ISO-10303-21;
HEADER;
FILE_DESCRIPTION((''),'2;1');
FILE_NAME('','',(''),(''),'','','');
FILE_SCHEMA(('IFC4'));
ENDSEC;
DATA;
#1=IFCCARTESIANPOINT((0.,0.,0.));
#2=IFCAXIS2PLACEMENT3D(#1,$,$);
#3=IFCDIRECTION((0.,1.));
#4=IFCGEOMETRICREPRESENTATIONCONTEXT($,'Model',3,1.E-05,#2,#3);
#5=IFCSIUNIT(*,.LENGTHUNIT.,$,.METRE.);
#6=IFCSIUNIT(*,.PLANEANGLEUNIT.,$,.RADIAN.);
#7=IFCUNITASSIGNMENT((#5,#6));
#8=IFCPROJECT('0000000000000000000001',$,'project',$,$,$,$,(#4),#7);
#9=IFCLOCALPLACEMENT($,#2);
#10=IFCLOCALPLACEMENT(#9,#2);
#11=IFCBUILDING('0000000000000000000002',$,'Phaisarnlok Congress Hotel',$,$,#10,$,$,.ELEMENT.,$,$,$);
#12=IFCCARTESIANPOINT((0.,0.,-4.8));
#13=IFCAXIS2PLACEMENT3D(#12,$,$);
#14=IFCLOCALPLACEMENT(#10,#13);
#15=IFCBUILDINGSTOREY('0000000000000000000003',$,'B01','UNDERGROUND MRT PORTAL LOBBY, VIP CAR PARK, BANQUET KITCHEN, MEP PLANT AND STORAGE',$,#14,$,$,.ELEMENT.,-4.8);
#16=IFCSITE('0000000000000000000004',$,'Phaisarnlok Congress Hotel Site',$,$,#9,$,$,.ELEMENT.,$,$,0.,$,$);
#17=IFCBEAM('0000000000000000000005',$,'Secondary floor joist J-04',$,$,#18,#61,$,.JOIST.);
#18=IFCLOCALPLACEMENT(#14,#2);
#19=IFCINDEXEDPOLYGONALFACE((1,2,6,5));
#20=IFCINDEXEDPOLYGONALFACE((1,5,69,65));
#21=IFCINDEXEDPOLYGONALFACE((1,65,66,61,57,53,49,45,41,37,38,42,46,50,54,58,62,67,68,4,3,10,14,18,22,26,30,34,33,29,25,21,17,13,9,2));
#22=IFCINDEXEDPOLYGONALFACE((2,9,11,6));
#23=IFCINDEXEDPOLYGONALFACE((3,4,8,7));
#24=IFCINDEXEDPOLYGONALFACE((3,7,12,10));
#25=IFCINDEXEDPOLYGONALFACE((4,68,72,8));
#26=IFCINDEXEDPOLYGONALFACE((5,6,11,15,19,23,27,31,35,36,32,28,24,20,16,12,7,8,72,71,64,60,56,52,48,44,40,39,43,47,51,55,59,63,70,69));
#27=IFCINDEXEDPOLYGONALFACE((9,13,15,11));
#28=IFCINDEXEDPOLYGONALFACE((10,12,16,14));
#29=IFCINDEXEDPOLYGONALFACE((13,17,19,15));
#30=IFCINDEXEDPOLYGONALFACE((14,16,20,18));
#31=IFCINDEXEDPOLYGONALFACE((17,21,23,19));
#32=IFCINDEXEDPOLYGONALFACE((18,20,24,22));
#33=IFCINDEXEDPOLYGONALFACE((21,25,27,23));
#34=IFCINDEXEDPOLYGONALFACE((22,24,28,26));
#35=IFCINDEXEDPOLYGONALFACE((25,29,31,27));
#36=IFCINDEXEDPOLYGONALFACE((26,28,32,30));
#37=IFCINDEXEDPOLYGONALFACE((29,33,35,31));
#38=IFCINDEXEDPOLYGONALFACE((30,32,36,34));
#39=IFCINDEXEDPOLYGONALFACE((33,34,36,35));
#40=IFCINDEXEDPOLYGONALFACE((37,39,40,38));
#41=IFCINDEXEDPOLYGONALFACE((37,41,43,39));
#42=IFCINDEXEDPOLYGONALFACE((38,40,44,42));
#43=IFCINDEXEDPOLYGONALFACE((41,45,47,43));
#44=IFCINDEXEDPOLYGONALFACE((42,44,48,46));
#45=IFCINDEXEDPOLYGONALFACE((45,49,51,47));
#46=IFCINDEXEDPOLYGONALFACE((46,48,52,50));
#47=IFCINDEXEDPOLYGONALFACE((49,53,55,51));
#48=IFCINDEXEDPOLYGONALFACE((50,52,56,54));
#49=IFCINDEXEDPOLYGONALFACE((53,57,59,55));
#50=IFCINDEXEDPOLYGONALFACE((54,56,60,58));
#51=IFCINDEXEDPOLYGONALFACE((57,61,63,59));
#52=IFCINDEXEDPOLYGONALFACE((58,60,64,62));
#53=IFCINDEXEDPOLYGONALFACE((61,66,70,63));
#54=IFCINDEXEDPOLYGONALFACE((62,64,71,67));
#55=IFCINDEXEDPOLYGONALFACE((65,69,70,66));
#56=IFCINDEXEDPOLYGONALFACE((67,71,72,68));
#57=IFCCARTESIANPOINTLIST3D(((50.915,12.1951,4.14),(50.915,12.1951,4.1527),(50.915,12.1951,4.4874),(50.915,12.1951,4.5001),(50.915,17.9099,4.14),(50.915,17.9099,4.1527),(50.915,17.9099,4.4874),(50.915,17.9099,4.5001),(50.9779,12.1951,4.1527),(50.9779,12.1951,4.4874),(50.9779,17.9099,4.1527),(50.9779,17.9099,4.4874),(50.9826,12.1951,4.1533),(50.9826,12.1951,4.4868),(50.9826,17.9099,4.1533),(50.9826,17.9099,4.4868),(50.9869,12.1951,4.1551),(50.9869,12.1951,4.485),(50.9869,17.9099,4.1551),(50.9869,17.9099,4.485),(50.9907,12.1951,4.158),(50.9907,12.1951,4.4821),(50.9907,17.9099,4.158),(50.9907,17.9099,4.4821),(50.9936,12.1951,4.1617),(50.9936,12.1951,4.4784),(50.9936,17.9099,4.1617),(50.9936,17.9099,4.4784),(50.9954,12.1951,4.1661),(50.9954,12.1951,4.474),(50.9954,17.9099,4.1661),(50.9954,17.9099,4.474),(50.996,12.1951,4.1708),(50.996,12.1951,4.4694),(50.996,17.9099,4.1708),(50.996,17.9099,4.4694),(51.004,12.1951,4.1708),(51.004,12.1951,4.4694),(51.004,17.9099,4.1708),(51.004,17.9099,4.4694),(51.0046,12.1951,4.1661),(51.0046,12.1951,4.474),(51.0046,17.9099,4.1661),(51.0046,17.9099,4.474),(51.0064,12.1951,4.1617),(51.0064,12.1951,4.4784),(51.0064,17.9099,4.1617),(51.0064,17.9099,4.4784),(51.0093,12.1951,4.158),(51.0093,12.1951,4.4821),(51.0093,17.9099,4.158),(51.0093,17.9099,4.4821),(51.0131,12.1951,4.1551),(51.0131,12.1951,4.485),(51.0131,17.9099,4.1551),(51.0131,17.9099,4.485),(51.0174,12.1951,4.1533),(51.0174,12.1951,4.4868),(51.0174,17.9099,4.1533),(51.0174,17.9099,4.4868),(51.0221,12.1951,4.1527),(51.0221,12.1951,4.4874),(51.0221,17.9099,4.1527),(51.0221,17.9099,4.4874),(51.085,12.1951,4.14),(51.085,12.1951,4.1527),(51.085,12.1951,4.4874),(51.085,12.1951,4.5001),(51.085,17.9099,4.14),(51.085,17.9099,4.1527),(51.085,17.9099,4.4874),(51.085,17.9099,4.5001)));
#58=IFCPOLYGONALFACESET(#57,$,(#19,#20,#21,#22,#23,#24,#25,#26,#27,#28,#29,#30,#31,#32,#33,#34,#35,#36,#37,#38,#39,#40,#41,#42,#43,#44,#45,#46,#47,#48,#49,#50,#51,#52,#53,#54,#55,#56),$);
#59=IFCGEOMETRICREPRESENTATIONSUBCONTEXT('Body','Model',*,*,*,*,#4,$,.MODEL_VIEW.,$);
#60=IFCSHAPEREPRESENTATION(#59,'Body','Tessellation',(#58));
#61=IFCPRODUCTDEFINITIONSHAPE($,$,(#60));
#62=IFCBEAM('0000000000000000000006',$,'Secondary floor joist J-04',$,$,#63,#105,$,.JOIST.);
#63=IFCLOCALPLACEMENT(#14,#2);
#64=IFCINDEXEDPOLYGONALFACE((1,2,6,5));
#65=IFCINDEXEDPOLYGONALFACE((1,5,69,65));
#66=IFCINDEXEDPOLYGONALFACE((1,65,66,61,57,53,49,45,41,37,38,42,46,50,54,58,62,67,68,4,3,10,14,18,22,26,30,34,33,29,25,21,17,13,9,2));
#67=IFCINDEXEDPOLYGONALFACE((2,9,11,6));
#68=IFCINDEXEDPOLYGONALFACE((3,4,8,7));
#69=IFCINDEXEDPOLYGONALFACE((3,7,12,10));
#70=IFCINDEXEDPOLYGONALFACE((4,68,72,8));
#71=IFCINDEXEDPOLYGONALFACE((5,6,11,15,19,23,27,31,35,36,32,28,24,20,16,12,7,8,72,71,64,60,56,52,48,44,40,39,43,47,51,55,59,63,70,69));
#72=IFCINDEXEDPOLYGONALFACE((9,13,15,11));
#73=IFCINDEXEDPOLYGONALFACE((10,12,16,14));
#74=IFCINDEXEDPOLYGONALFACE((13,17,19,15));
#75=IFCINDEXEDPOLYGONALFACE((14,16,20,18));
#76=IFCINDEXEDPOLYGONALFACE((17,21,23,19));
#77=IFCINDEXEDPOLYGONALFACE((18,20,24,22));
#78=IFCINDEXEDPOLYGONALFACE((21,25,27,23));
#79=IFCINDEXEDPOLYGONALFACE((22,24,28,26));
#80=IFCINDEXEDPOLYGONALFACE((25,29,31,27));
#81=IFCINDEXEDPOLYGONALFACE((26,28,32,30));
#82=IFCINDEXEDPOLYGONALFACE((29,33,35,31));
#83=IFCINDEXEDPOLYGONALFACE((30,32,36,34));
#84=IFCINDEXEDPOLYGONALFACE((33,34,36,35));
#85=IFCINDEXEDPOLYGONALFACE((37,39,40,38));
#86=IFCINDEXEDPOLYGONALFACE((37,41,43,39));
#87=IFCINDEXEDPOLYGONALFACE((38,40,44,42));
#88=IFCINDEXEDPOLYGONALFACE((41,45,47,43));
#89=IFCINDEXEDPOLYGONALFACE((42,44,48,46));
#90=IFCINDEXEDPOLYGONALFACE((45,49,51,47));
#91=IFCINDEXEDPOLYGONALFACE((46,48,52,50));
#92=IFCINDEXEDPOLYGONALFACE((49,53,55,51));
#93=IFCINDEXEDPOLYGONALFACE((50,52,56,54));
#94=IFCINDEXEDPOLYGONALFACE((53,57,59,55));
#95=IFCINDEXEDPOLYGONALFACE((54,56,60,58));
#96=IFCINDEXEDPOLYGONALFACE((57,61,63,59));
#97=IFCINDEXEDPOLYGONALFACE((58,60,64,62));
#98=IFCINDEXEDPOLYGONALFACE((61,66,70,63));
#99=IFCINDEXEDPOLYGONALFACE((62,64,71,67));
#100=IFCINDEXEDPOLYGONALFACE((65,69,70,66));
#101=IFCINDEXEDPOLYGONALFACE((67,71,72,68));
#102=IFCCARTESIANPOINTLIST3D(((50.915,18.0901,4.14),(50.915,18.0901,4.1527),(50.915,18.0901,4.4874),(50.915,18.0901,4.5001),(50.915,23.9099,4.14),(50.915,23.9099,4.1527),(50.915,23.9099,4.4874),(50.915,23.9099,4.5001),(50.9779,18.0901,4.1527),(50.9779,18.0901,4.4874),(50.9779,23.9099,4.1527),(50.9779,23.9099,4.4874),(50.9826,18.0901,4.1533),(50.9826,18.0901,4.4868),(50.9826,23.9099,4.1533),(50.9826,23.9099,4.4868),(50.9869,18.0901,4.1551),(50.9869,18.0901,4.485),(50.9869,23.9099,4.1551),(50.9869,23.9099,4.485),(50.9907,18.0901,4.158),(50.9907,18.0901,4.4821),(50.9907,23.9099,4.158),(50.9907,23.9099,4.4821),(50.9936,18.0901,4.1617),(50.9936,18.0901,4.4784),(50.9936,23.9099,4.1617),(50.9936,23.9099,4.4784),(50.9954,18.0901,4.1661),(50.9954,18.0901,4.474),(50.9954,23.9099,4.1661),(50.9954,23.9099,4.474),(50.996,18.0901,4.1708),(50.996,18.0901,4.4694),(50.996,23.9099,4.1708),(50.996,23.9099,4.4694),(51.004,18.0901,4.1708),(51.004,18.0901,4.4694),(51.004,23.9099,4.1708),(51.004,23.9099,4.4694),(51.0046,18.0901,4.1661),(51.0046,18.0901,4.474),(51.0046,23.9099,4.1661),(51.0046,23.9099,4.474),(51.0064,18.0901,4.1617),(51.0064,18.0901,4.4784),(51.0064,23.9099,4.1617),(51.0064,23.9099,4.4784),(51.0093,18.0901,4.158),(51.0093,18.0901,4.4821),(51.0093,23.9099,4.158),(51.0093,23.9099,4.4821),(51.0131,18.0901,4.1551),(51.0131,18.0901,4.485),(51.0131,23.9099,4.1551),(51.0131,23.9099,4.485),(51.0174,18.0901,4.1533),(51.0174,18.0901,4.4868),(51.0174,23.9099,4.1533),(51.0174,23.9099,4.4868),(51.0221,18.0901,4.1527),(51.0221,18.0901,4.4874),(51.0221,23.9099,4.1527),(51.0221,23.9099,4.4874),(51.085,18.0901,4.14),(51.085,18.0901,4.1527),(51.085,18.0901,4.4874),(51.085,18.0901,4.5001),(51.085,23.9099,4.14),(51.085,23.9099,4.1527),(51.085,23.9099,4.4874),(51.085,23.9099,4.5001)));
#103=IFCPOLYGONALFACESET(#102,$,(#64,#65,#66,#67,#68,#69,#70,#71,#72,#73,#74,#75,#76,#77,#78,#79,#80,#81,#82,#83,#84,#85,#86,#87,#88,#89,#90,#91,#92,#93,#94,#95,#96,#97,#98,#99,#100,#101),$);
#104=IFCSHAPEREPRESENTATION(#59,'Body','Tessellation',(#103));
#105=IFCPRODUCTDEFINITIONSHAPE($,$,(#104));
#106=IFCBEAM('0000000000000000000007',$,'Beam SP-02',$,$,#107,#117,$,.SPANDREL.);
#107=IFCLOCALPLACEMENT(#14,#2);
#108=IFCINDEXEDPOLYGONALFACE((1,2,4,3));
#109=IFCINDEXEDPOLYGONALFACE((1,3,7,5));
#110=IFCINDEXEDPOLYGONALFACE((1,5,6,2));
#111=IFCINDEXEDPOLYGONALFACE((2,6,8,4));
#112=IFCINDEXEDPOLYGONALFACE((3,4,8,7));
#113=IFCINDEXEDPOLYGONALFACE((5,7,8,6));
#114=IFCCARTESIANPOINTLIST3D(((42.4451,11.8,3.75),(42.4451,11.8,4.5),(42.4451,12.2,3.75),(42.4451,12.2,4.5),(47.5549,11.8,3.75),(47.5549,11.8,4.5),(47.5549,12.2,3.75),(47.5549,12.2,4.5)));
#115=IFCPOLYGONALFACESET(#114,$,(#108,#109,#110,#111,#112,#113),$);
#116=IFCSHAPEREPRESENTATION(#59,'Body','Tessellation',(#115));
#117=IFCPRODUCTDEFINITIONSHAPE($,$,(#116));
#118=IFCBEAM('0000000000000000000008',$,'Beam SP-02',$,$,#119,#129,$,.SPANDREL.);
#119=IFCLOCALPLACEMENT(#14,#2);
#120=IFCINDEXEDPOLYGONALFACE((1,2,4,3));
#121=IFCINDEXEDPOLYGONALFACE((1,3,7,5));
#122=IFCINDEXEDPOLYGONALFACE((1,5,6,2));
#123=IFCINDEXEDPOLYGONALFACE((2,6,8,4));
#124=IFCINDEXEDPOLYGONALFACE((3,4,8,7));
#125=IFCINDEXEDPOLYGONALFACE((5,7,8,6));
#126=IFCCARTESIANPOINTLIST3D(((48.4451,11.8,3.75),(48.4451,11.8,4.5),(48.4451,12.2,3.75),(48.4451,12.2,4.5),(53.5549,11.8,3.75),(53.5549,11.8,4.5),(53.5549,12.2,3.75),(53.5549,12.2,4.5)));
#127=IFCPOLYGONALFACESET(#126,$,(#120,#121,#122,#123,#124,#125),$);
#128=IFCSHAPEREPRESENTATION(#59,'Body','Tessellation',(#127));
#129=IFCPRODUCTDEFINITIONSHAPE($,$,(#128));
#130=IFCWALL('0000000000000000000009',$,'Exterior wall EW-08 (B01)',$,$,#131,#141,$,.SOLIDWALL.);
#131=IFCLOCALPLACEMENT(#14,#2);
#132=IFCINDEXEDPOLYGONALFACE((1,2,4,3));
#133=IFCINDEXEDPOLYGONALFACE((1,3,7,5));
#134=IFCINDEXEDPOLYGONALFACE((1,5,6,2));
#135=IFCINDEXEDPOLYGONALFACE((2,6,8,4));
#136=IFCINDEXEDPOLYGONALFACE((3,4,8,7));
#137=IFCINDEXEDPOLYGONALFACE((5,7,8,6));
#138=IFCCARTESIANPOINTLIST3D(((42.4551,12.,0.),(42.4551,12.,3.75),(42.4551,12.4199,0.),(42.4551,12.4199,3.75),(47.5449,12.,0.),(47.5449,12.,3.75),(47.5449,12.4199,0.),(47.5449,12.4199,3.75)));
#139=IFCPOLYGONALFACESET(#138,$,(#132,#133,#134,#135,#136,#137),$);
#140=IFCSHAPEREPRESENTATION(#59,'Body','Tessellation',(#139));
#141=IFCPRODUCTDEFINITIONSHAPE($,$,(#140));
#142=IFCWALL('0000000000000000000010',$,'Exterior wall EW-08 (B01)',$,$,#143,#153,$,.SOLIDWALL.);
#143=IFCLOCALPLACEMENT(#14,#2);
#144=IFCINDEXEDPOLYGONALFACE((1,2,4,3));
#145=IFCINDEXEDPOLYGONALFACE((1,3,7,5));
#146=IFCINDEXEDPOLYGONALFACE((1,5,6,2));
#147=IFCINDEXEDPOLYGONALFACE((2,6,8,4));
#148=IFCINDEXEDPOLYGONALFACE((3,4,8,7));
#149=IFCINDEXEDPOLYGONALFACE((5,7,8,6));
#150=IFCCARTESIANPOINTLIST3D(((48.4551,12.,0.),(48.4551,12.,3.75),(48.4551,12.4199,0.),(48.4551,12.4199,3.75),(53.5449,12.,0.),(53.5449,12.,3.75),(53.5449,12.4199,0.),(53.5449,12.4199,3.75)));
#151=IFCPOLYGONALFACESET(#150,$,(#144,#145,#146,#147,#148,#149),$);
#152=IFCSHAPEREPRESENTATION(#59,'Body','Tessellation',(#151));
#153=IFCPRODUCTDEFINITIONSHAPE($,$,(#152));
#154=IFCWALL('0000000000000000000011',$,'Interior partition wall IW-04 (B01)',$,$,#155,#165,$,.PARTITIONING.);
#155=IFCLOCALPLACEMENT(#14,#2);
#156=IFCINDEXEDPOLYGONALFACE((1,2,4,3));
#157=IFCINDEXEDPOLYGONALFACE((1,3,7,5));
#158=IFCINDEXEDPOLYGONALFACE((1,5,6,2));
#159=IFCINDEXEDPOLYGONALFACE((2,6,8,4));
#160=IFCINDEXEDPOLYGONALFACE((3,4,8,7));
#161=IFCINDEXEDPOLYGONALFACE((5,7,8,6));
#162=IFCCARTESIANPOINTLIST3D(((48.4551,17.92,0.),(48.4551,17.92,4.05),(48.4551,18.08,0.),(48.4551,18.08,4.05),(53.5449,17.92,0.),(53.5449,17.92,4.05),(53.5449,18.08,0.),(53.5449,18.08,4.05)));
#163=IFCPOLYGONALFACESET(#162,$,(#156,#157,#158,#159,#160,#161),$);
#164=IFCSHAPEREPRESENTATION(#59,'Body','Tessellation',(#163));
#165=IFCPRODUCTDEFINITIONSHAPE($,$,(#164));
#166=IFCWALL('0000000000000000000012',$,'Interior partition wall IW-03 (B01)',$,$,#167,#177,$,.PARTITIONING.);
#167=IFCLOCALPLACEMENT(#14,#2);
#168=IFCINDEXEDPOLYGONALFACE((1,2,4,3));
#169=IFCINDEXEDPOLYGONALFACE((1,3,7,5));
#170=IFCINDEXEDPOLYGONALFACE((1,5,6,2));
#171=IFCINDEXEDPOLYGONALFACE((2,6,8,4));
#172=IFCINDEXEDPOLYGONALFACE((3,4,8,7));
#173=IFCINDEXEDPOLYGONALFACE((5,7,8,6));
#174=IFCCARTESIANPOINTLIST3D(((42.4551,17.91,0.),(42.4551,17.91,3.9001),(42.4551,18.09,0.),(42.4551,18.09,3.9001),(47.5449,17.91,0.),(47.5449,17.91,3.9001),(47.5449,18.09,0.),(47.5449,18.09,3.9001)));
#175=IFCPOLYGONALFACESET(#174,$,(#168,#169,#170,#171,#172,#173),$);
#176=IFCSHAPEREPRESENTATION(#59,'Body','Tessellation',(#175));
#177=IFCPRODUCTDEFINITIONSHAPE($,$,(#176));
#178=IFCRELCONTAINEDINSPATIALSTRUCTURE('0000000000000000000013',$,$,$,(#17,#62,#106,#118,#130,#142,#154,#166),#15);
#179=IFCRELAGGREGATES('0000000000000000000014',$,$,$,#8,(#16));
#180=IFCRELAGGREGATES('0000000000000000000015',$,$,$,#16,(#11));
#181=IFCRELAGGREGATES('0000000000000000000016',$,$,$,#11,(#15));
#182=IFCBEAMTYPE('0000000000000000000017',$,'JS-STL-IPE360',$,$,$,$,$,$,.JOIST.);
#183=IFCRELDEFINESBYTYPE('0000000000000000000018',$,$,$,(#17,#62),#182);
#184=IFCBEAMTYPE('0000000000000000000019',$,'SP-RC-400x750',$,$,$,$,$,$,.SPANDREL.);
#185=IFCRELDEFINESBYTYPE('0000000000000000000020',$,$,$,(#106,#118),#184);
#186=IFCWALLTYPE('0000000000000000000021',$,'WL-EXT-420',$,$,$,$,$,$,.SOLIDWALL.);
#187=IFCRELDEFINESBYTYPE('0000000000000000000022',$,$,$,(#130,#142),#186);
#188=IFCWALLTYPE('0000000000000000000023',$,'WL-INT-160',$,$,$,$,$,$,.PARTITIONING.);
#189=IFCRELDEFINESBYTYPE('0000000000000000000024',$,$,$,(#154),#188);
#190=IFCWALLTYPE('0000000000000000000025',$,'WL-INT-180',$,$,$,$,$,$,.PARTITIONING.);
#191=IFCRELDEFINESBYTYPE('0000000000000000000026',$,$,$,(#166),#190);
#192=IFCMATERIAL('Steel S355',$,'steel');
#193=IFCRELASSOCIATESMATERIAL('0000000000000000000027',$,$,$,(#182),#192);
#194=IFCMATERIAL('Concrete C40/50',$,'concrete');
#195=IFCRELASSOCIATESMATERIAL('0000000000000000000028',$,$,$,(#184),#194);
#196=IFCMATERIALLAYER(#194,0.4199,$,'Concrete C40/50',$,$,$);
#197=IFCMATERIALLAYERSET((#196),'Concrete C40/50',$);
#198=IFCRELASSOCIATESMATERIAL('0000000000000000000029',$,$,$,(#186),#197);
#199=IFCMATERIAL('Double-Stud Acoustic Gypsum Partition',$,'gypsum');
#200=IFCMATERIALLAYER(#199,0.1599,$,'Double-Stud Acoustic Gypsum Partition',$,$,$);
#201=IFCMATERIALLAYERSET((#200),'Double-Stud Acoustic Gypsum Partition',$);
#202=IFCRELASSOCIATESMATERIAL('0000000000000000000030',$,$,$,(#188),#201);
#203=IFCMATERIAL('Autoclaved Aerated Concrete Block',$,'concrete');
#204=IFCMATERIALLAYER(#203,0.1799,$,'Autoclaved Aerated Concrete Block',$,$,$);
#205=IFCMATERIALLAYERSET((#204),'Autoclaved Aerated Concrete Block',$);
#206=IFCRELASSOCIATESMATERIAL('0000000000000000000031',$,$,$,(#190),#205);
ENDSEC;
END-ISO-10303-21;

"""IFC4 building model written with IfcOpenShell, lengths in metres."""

from ifc_helpers import new_model, si_unit, direction, frame, frame_2d, origin, origin_2d, place, context, subcontext, project, spatial, rectangle, i_section, extrude, material, layer, layer_set, material_profile, profile_set, type_object, element, save


model = new_model("IFC4")

# Units and contexts
model_context = context("Model", 3, precision=1e-05, world=origin(), true_north=direction((0.0, 1.0)))
body_context = subcontext(model_context, "Body", "Model", "MODEL_VIEW")
ifc_project = project(units=[si_unit("LENGTHUNIT", "METRE"), si_unit("PLANEANGLEUNIT", "RADIAN")], contexts=[model_context])

# Site, building, storey
site_placement = place(None, origin())
site = spatial("IfcSite", under=ifc_project, at=site_placement, Name="Phaisarnlok Congress Hotel Site", CompositionType="ELEMENT", RefElevation=0.0)
building_placement = place(site_placement, origin())
building = spatial("IfcBuilding", under=site, at=building_placement, Name="Phaisarnlok Congress Hotel", CompositionType="ELEMENT")
storey_placement = place(building_placement, frame((0.0, 0.0, -4.8)))
storey = spatial("IfcBuildingStorey", under=building, at=storey_placement, Name="B01", Description="UNDERGROUND MRT PORTAL LOBBY, VIP CAR PARK, BANQUET KITCHEN, MEP PLANT AND STORAGE", CompositionType="ELEMENT", Elevation=-4.8)

# Shared definitions
ifc_material_1 = material(Name="Concrete C40/50", Category="concrete")

# Beams
ifc_material_2 = material(Name="Steel S355", Category="steel")
ifc_material_profile_1 = material_profile(ifc_material_2, i_section(OverallWidth=0.1699, OverallDepth=0.3601, WebThickness=0.0081, FlangeThickness=0.0127, FilletRadius=0.0181, at=origin_2d()), Name="IPE 360")
ifc_profile_set_1 = profile_set([ifc_material_profile_1], Name="Steel S355")
beam_type_1 = type_object("IfcBeamType", Name="JS-STL-IPE360", PredefinedType="JOIST", material=ifc_profile_set_1)
beam_1_placement = place(storey_placement, frame((51.0, 12.1951, 4.3201), z_axis=(0.0, 1.0, 0.0), x_axis=(-1.0, 0.0, 0.0)))
element("IfcBeam", 1, at=beam_1_placement, inside=storey, type_object=beam_type_1, Name="Secondary floor joist J-04", PredefinedType="JOIST", context=body_context, shape_type="SweptSolid", body=[
    extrude(i_section(OverallWidth=0.1699, OverallDepth=0.3601, WebThickness=0.0081, FlangeThickness=0.0127, FilletRadius=0.0181, at=origin_2d()), origin(), (0.0, 0.0, 1.0), 5.7148),
])
beam_2_placement = place(storey_placement, frame((51.0, 18.0901, 4.3201), z_axis=(0.0, 1.0, 0.0), x_axis=(-1.0, 0.0, 0.0)))
element("IfcBeam", 2, at=beam_2_placement, inside=storey, type_object=beam_type_1, Name="Secondary floor joist J-04", PredefinedType="JOIST", context=body_context, shape_type="SweptSolid", body=[
    extrude(i_section(OverallWidth=0.1699, OverallDepth=0.3601, WebThickness=0.0081, FlangeThickness=0.0127, FilletRadius=0.0181, at=origin_2d()), origin(), (0.0, 0.0, 1.0), 5.8198),
])
ifc_material_profile_2 = material_profile(ifc_material_1, rectangle(XDim=0.3999, YDim=0.75, at=origin_2d()), Name="RC 400x750")
ifc_profile_set_2 = profile_set([ifc_material_profile_2], Name="Concrete C40/50")
beam_type_2 = type_object("IfcBeamType", Name="SP-RC-400x750", PredefinedType="SPANDREL", material=ifc_profile_set_2)
for number, where, z_axis, x_axis, name in (
    (3, (42.4451, 12.0, 4.125), (1.0, 0.0, 0.0), (0.0, 1.0, 0.0), "Beam SP-02"),
    (4, (48.4451, 12.0, 4.125), (1.0, 0.0, 0.0), (0.0, 1.0, 0.0), "Beam SP-02"),
):
    element("IfcBeam", number, at=place(storey_placement, frame(where, z_axis=z_axis, x_axis=x_axis)), inside=storey, type_object=beam_type_2, Name=name, PredefinedType="SPANDREL", context=body_context, shape_type="SweptSolid", body=[
        extrude(rectangle(XDim=0.3999, YDim=0.75, at=origin_2d()), origin(), (0.0, 0.0, 1.0), 5.1099),
    ])

# Walls
ifc_layer_1 = layer(ifc_material_1, 0.4199, Name="Concrete C40/50")
ifc_layer_set_1 = layer_set([ifc_layer_1], Name="Concrete C40/50")
wall_type_1 = type_object("IfcWallType", Name="WL-EXT-420", PredefinedType="SOLIDWALL", material=ifc_layer_set_1)
for number, where, z_axis, x_axis, name in (
    (5, (42.4551, 12.21, 0.0), (0.0, 0.0, 1.0), (1.0, 0.0, 0.0), "Exterior wall EW-08 (B01)"),
    (6, (48.4551, 12.21, 0.0), (0.0, 0.0, 1.0), (1.0, 0.0, 0.0), "Exterior wall EW-08 (B01)"),
):
    element("IfcWall", number, at=place(storey_placement, frame(where, z_axis=z_axis, x_axis=x_axis)), inside=storey, type_object=wall_type_1, Name=name, PredefinedType="SOLIDWALL", context=body_context, shape_type="SweptSolid", body=[
        extrude(rectangle(XDim=5.0898, YDim=0.4199, at=frame_2d((2.5449, 0.0))), origin(), (0.0, 0.0, 1.0), 3.75),
    ])
ifc_material_3 = material(Name="Double-Stud Acoustic Gypsum Partition", Category="gypsum")
ifc_layer_2 = layer(ifc_material_3, 0.1599, Name="Double-Stud Acoustic Gypsum Partition")
ifc_layer_set_2 = layer_set([ifc_layer_2], Name="Double-Stud Acoustic Gypsum Partition")
wall_type_2 = type_object("IfcWallType", Name="WL-INT-160", PredefinedType="PARTITIONING", material=ifc_layer_set_2)
wall_1_placement = place(storey_placement, frame((48.4551, 18.0, 0.0), z_axis=(0.0, 0.0, 1.0), x_axis=(1.0, 0.0, 0.0)))
element("IfcWall", 7, at=wall_1_placement, inside=storey, type_object=wall_type_2, Name="Interior partition wall IW-04 (B01)", PredefinedType="PARTITIONING", context=body_context, shape_type="SweptSolid", body=[
    extrude(rectangle(XDim=5.0898, YDim=0.1599, at=frame_2d((2.5449, 0.0))), origin(), (0.0, 0.0, 1.0), 4.05),
])
ifc_material_4 = material(Name="Autoclaved Aerated Concrete Block", Category="concrete")
ifc_layer_3 = layer(ifc_material_4, 0.1799, Name="Autoclaved Aerated Concrete Block")
ifc_layer_set_3 = layer_set([ifc_layer_3], Name="Autoclaved Aerated Concrete Block")
wall_type_3 = type_object("IfcWallType", Name="WL-INT-180", PredefinedType="PARTITIONING", material=ifc_layer_set_3)
wall_2_placement = place(storey_placement, frame((42.4551, 18.0, 0.0), z_axis=(0.0, 0.0, 1.0), x_axis=(1.0, 0.0, 0.0)))
element("IfcWall", 8, at=wall_2_placement, inside=storey, type_object=wall_type_3, Name="Interior partition wall IW-03 (B01)", PredefinedType="PARTITIONING", context=body_context, shape_type="SweptSolid", body=[
    extrude(rectangle(XDim=5.0898, YDim=0.1799, at=frame_2d((2.5449, 0.0))), origin(), (0.0, 0.0, 1.0), 3.9001),
])

save(model, "model.ifc")
